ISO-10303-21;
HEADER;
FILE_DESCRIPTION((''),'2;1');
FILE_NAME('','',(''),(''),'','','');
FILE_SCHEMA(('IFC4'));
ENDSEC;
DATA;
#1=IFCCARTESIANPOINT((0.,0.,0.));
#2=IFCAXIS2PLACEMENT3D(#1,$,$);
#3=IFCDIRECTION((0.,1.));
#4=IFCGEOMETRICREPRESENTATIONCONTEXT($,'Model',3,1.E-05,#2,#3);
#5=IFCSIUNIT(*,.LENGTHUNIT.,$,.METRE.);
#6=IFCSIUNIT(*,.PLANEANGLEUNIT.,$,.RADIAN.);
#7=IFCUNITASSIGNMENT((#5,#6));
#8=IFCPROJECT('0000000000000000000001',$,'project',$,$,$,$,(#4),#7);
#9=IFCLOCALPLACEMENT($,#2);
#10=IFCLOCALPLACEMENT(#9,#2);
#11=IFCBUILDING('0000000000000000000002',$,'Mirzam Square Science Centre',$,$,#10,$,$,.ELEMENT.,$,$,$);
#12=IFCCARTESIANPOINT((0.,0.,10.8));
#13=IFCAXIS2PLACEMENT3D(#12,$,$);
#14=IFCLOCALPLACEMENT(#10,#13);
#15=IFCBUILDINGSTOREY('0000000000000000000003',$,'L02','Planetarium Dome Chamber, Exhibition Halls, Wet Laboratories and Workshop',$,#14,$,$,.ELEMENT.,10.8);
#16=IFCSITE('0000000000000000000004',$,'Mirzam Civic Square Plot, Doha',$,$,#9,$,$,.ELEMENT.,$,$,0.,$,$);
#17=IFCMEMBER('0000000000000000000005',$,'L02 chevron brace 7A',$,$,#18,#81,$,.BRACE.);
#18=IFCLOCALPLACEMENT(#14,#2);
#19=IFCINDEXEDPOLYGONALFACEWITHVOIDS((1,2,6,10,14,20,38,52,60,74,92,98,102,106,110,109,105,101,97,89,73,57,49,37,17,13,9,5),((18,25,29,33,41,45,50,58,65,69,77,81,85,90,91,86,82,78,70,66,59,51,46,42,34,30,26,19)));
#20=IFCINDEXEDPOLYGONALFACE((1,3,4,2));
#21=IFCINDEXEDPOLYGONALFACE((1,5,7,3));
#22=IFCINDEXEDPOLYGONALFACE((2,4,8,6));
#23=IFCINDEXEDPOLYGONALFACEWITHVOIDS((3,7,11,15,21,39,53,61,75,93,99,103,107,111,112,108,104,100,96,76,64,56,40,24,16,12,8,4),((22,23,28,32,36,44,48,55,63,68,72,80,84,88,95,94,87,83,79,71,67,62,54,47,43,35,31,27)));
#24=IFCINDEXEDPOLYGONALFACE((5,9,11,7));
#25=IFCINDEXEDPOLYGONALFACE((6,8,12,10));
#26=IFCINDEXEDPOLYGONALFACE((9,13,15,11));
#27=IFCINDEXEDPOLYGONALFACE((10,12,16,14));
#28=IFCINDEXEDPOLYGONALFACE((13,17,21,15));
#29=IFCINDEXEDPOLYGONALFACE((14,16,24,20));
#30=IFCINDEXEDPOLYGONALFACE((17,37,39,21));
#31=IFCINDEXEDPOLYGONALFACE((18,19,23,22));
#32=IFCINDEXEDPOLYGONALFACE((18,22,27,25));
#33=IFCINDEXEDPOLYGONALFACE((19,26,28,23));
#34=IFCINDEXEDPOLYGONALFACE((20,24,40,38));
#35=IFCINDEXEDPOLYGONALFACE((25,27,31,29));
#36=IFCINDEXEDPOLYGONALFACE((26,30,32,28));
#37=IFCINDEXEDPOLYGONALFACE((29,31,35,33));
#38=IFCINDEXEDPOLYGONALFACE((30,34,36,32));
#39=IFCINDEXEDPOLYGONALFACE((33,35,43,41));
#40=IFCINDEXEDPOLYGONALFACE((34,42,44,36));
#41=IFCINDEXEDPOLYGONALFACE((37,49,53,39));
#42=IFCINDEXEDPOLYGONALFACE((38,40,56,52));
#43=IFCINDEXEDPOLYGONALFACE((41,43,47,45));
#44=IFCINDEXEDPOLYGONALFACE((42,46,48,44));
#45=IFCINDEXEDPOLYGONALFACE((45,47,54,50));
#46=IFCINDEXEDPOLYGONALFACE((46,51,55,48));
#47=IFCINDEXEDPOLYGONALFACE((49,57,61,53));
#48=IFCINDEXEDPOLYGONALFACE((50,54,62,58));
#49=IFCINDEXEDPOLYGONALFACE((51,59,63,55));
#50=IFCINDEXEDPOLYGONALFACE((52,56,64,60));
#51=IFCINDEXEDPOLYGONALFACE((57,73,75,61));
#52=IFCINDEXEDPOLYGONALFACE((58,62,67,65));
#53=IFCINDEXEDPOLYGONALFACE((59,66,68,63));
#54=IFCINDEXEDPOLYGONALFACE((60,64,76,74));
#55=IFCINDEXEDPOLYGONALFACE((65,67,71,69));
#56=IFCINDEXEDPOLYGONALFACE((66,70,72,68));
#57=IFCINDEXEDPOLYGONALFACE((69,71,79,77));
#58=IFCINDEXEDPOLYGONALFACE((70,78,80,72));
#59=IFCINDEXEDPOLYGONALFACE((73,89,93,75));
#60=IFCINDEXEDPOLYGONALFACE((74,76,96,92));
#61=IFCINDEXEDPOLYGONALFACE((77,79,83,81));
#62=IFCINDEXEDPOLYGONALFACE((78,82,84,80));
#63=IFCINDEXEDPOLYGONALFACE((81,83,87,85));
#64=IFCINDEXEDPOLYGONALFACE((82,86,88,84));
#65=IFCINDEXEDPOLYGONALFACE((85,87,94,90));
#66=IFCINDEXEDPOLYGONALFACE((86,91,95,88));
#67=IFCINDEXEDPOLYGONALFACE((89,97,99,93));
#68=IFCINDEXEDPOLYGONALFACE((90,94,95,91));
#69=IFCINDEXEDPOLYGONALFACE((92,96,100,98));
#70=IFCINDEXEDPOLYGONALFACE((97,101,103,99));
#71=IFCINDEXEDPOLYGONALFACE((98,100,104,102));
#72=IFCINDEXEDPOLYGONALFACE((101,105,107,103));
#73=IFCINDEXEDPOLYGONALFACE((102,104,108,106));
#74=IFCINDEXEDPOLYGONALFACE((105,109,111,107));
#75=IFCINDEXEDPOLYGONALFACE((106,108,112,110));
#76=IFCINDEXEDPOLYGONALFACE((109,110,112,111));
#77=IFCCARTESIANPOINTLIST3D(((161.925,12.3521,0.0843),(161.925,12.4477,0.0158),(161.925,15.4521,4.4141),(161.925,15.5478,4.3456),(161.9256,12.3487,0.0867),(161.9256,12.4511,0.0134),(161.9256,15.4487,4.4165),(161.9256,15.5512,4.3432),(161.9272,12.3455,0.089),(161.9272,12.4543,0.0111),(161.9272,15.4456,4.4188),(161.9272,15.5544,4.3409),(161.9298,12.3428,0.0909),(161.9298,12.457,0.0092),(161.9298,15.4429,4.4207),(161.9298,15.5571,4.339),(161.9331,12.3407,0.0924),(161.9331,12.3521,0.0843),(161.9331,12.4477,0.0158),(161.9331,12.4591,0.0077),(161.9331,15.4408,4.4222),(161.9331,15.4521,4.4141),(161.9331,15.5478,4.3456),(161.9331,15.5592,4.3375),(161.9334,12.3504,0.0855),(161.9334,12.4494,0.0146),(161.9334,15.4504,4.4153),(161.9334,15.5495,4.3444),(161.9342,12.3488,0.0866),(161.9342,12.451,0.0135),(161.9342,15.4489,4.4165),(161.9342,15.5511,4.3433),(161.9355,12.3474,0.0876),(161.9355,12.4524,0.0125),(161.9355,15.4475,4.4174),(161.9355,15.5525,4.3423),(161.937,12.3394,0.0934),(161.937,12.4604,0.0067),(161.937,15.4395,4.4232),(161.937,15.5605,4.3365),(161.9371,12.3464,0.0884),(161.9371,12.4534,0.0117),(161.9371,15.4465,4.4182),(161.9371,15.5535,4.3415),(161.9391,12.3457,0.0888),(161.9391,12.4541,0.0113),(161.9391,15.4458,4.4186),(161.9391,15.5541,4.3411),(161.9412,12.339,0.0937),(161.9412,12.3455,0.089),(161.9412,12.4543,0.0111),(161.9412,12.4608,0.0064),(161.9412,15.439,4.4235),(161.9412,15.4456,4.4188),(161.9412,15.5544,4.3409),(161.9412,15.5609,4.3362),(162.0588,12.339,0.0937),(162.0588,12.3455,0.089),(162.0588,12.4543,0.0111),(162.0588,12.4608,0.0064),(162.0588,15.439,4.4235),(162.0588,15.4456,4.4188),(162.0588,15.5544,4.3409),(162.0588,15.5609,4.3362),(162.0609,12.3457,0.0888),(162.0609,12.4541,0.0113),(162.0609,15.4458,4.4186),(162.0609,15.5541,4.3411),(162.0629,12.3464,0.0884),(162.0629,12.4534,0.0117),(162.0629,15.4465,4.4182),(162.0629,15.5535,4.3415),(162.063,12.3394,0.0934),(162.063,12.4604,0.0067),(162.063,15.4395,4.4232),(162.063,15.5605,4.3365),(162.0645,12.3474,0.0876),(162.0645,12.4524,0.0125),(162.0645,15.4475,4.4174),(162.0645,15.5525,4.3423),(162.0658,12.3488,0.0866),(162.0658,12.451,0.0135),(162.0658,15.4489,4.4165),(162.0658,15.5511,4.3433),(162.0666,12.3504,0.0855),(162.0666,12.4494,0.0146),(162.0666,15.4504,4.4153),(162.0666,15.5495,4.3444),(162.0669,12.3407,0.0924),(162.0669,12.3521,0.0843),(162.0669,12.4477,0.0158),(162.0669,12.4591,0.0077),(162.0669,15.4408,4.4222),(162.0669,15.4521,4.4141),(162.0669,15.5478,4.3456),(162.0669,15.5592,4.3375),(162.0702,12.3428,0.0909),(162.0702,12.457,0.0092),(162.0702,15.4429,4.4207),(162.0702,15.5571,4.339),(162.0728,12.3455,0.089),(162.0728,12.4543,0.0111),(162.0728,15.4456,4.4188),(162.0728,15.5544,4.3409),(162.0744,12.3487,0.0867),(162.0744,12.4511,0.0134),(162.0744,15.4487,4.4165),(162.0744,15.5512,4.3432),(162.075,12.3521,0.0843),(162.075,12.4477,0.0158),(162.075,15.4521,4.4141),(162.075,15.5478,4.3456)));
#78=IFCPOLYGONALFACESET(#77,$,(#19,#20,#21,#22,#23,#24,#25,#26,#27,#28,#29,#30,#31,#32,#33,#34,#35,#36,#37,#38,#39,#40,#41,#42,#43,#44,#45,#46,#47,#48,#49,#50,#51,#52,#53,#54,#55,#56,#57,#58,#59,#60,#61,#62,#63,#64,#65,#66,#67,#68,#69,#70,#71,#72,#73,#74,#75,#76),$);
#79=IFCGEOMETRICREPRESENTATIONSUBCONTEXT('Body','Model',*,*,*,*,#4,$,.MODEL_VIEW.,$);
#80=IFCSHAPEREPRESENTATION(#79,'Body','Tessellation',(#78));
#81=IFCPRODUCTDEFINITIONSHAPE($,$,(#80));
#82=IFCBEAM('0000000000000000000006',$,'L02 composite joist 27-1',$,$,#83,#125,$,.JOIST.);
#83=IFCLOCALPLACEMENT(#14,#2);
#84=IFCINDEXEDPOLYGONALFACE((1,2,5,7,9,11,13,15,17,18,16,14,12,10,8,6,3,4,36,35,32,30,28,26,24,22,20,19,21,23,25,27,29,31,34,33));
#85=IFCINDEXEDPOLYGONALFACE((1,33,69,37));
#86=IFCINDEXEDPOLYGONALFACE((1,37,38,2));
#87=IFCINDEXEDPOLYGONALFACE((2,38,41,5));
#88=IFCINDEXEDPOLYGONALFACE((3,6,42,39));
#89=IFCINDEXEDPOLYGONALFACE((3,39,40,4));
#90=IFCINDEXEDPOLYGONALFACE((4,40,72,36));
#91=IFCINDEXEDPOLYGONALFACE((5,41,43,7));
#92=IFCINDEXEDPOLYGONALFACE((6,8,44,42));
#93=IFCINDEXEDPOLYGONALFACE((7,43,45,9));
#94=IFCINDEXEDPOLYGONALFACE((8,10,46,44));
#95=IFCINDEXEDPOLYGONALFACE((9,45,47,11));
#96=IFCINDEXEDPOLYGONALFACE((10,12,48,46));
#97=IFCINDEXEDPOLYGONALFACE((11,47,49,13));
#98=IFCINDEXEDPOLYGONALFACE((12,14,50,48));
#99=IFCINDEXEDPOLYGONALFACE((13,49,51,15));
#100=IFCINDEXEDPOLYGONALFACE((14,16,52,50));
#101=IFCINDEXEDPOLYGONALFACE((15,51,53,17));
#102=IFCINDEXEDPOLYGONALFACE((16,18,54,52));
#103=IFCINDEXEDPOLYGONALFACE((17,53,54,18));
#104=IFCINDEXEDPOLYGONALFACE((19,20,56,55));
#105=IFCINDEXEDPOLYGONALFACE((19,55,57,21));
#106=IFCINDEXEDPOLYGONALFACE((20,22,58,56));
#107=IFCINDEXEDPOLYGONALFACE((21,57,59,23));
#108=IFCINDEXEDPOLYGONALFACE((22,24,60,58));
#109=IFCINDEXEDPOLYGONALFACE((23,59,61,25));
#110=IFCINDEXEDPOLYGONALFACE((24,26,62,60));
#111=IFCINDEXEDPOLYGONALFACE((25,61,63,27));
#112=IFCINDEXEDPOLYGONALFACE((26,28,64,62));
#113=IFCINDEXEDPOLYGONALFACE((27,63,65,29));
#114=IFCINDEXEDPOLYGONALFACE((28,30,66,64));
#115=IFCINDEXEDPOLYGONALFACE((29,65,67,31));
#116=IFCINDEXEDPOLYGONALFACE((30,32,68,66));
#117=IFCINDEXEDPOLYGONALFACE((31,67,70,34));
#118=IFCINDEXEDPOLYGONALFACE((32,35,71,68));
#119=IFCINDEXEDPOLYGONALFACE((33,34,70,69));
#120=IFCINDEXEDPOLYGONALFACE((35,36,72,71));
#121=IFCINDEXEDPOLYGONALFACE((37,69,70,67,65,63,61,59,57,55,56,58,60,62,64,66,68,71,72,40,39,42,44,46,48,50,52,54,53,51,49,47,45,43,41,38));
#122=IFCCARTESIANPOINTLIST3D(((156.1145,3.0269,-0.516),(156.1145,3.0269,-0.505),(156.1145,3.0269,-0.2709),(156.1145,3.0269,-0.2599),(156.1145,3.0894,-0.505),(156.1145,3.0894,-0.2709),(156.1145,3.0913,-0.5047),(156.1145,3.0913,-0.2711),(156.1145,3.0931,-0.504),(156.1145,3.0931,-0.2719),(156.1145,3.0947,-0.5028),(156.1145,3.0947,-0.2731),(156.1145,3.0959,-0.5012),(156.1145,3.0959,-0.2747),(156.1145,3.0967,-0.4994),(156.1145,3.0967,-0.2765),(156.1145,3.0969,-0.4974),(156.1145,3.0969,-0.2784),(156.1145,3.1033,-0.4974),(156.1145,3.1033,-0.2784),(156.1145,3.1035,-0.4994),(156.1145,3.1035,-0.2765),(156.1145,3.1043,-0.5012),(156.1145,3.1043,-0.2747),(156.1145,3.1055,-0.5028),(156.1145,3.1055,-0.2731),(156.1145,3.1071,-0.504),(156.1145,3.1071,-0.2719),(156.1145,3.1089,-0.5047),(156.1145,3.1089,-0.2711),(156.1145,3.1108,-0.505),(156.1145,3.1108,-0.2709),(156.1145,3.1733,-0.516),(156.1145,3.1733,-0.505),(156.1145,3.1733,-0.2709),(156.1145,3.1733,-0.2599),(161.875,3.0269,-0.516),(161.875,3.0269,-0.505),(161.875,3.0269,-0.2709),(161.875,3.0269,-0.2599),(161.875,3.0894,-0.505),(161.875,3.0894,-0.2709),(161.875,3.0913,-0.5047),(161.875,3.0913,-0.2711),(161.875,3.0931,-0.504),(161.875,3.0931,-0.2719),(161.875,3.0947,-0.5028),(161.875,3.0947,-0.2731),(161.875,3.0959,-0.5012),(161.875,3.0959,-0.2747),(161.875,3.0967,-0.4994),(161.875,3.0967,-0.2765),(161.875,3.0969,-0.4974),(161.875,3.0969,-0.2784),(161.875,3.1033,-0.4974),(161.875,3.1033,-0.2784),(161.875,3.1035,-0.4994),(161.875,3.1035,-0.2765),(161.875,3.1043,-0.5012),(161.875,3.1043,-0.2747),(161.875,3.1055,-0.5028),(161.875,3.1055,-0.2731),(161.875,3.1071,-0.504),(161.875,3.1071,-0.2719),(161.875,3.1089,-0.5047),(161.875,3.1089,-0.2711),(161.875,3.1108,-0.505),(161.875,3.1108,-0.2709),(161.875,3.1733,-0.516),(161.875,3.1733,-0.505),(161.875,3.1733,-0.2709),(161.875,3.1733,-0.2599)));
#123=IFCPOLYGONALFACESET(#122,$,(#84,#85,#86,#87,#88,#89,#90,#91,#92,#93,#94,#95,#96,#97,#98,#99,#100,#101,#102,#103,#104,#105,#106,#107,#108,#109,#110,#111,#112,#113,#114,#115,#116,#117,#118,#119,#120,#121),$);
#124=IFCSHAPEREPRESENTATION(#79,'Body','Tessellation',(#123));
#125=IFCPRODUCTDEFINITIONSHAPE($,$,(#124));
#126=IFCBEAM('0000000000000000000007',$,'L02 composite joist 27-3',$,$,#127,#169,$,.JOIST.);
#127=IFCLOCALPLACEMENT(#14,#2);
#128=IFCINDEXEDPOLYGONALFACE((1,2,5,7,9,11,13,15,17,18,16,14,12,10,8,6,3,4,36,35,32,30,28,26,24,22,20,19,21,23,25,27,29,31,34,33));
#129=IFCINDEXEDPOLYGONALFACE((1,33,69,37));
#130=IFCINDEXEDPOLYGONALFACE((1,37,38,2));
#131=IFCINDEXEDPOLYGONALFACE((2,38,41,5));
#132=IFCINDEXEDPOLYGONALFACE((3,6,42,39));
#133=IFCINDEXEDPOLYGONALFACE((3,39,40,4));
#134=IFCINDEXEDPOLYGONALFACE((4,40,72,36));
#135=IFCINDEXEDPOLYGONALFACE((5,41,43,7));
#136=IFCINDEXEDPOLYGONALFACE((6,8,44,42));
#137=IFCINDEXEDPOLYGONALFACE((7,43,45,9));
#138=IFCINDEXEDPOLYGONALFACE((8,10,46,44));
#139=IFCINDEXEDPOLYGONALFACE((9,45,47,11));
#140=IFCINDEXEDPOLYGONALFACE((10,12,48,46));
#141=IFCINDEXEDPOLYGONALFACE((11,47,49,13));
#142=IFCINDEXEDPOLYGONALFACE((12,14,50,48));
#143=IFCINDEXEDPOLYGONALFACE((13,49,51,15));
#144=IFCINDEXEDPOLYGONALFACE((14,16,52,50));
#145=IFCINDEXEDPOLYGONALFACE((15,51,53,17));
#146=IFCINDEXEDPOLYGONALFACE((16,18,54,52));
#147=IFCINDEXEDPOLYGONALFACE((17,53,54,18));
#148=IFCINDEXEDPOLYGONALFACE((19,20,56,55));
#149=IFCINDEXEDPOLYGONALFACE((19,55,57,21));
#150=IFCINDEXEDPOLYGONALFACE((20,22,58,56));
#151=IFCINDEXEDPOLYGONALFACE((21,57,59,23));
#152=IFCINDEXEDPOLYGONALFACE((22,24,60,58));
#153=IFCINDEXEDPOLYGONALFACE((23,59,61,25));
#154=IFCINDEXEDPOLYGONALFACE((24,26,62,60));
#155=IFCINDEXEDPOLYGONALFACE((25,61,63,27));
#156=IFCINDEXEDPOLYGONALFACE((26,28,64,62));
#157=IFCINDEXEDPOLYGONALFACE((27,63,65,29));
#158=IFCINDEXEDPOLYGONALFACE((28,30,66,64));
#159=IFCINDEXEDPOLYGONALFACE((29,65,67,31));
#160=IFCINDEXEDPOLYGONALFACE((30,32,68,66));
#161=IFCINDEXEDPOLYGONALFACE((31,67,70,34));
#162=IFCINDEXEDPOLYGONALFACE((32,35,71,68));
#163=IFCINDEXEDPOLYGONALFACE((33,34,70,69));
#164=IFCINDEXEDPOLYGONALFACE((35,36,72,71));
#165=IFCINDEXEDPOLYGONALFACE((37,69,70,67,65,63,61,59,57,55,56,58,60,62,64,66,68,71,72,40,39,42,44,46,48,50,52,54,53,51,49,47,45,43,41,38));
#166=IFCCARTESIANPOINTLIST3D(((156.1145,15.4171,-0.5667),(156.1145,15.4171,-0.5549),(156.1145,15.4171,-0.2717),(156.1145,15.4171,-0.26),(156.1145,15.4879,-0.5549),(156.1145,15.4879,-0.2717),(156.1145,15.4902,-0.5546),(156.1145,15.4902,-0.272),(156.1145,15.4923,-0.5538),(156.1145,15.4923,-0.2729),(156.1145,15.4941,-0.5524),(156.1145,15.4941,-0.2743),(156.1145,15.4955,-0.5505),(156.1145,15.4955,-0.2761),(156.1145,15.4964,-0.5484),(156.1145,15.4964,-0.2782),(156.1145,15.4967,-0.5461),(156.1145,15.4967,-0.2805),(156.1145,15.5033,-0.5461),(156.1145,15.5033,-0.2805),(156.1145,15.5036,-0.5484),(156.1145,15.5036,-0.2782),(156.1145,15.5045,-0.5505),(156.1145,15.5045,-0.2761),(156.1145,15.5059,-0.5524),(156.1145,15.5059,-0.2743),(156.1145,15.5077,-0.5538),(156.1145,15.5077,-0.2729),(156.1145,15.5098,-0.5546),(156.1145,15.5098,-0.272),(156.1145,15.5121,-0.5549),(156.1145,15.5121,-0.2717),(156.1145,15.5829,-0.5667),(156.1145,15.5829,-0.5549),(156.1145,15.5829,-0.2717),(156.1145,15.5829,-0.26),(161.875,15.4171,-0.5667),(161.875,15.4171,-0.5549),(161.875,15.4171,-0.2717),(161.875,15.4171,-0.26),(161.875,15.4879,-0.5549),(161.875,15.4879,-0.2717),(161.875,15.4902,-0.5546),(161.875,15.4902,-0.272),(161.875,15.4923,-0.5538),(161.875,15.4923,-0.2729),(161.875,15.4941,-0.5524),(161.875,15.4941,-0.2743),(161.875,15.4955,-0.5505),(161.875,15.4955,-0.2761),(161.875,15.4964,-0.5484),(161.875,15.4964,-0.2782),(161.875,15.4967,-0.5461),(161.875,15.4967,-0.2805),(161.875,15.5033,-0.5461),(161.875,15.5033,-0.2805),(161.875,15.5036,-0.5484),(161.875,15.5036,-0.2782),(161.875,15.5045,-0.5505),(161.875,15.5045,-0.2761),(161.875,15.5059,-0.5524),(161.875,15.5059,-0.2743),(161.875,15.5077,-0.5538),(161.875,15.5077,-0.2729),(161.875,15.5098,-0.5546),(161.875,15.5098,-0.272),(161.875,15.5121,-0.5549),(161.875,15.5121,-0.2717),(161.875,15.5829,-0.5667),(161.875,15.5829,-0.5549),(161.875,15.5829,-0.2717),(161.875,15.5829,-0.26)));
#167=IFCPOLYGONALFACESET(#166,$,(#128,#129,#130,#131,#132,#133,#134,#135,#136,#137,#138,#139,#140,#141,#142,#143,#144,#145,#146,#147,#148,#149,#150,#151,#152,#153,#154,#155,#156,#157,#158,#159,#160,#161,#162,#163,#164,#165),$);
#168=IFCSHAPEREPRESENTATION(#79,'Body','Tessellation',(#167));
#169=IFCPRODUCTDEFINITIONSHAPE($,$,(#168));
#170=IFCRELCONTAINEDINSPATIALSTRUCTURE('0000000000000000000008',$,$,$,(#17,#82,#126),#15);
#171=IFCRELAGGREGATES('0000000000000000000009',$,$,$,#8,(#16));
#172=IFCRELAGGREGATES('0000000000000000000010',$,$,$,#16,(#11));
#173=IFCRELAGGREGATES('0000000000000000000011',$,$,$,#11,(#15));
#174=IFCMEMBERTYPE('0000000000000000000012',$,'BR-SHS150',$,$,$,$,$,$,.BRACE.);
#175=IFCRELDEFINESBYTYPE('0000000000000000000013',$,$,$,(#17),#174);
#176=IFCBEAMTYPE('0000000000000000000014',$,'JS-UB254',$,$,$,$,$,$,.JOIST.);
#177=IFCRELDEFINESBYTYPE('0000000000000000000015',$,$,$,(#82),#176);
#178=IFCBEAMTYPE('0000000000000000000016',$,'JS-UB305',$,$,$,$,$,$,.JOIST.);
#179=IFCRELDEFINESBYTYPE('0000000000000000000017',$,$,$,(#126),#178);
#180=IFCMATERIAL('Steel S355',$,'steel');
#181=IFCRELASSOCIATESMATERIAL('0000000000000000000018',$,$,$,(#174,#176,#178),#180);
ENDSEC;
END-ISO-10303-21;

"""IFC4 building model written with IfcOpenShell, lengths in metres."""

from ifc_helpers import new_model, si_unit, direction, frame, origin, origin_2d, place, context, subcontext, project, spatial, hollow_rectangle, i_section, extrude, material, material_profile, profile_set, type_object, element, save


model = new_model("IFC4")

# Units and contexts
model_context = context("Model", 3, precision=1e-05, world=origin(), true_north=direction((0.0, 1.0)))
body_context = subcontext(model_context, "Body", "Model", "MODEL_VIEW")
ifc_project = project(units=[si_unit("LENGTHUNIT", "METRE"), si_unit("PLANEANGLEUNIT", "RADIAN")], contexts=[model_context])

# Site, building, storey
site_placement = place(None, origin())
site = spatial("IfcSite", under=ifc_project, at=site_placement, Name="Mirzam Civic Square Plot, Doha", CompositionType="ELEMENT", RefElevation=0.0)
building_placement = place(site_placement, origin())
building = spatial("IfcBuilding", under=site, at=building_placement, Name="Mirzam Square Science Centre", CompositionType="ELEMENT")
storey_placement = place(building_placement, frame((0.0, 0.0, 10.8)))
storey = spatial("IfcBuildingStorey", under=building, at=storey_placement, Name="L02", Description="Planetarium Dome Chamber, Exhibition Halls, Wet Laboratories and Workshop", CompositionType="ELEMENT", Elevation=10.8)

# Shared definitions
ifc_material_1 = material(Name="Steel S355", Category="steel")

# Member
ifc_material_profile_1 = material_profile(ifc_material_1, hollow_rectangle(XDim=0.1499, YDim=0.1499, WallThickness=0.0081, InnerFilletRadius=0.0081, OuterFilletRadius=0.0161, at=origin_2d()), Name="150x150x8.0SHS")
ifc_profile_set_1 = profile_set([ifc_material_profile_1], Name="Steel S355")
member_type = type_object("IfcMemberType", Name="BR-SHS150", PredefinedType="BRACE", material=ifc_profile_set_1)
member_placement = place(storey_placement, frame((162.0, 12.3999, 0.05), z_axis=(0.0, 0.582153, 0.813079), x_axis=(-1.0, 0.0, 0.0)))
element("IfcMember", 1, at=member_placement, inside=storey, type_object=member_type, Name="L02 chevron brace 7A", PredefinedType="BRACE", context=body_context, shape_type="SweptSolid", body=[
    extrude(hollow_rectangle(XDim=0.1499, YDim=0.1499, WallThickness=0.0081, InnerFilletRadius=0.0081, OuterFilletRadius=0.0161, at=origin_2d()), origin(), (0.0, 0.0, 1.0), 5.3252),
])

# Beams
ifc_material_profile_2 = material_profile(ifc_material_1, i_section(OverallWidth=0.1465, OverallDepth=0.2561, WebThickness=0.0063, FlangeThickness=0.011, FilletRadius=0.0076, at=origin_2d()), Name="254x146x37UB")
ifc_profile_set_2 = profile_set([ifc_material_profile_2], Name="Steel S355")
beam_type_1 = type_object("IfcBeamType", Name="JS-UB254", PredefinedType="JOIST", material=ifc_profile_set_2)
beam_1_placement = place(storey_placement, frame((156.1145, 3.1001, -0.3879), z_axis=(1.0, 0.0, 0.0), x_axis=(0.0, 1.0, 0.0)))
element("IfcBeam", 2, at=beam_1_placement, inside=storey, type_object=beam_type_1, Name="L02 composite joist 27-1", PredefinedType="JOIST", context=body_context, shape_type="SweptSolid", body=[
    extrude(i_section(OverallWidth=0.1465, OverallDepth=0.2561, WebThickness=0.0063, FlangeThickness=0.011, FilletRadius=0.0076, at=origin_2d()), origin(), (0.0, 0.0, 1.0), 5.7605),
])
ifc_material_profile_3 = material_profile(ifc_material_1, i_section(OverallWidth=0.1658, OverallDepth=0.3066, WebThickness=0.0066, FlangeThickness=0.0117, FilletRadius=0.0088, at=origin_2d()), Name="305x165x46UB")
ifc_profile_set_3 = profile_set([ifc_material_profile_3], Name="Steel S355")
beam_type_2 = type_object("IfcBeamType", Name="JS-UB305", PredefinedType="JOIST", material=ifc_profile_set_3)
beam_2_placement = place(storey_placement, frame((156.1145, 15.5, -0.4133), z_axis=(1.0, 0.0, 0.0), x_axis=(0.0, 1.0, 0.0)))
element("IfcBeam", 3, at=beam_2_placement, inside=storey, type_object=beam_type_2, Name="L02 composite joist 27-3", PredefinedType="JOIST", context=body_context, shape_type="SweptSolid", body=[
    extrude(i_section(OverallWidth=0.1658, OverallDepth=0.3066, WebThickness=0.0066, FlangeThickness=0.0117, FilletRadius=0.0088, at=origin_2d()), origin(), (0.0, 0.0, 1.0), 5.7605),
])

save(model, "model.ifc")
